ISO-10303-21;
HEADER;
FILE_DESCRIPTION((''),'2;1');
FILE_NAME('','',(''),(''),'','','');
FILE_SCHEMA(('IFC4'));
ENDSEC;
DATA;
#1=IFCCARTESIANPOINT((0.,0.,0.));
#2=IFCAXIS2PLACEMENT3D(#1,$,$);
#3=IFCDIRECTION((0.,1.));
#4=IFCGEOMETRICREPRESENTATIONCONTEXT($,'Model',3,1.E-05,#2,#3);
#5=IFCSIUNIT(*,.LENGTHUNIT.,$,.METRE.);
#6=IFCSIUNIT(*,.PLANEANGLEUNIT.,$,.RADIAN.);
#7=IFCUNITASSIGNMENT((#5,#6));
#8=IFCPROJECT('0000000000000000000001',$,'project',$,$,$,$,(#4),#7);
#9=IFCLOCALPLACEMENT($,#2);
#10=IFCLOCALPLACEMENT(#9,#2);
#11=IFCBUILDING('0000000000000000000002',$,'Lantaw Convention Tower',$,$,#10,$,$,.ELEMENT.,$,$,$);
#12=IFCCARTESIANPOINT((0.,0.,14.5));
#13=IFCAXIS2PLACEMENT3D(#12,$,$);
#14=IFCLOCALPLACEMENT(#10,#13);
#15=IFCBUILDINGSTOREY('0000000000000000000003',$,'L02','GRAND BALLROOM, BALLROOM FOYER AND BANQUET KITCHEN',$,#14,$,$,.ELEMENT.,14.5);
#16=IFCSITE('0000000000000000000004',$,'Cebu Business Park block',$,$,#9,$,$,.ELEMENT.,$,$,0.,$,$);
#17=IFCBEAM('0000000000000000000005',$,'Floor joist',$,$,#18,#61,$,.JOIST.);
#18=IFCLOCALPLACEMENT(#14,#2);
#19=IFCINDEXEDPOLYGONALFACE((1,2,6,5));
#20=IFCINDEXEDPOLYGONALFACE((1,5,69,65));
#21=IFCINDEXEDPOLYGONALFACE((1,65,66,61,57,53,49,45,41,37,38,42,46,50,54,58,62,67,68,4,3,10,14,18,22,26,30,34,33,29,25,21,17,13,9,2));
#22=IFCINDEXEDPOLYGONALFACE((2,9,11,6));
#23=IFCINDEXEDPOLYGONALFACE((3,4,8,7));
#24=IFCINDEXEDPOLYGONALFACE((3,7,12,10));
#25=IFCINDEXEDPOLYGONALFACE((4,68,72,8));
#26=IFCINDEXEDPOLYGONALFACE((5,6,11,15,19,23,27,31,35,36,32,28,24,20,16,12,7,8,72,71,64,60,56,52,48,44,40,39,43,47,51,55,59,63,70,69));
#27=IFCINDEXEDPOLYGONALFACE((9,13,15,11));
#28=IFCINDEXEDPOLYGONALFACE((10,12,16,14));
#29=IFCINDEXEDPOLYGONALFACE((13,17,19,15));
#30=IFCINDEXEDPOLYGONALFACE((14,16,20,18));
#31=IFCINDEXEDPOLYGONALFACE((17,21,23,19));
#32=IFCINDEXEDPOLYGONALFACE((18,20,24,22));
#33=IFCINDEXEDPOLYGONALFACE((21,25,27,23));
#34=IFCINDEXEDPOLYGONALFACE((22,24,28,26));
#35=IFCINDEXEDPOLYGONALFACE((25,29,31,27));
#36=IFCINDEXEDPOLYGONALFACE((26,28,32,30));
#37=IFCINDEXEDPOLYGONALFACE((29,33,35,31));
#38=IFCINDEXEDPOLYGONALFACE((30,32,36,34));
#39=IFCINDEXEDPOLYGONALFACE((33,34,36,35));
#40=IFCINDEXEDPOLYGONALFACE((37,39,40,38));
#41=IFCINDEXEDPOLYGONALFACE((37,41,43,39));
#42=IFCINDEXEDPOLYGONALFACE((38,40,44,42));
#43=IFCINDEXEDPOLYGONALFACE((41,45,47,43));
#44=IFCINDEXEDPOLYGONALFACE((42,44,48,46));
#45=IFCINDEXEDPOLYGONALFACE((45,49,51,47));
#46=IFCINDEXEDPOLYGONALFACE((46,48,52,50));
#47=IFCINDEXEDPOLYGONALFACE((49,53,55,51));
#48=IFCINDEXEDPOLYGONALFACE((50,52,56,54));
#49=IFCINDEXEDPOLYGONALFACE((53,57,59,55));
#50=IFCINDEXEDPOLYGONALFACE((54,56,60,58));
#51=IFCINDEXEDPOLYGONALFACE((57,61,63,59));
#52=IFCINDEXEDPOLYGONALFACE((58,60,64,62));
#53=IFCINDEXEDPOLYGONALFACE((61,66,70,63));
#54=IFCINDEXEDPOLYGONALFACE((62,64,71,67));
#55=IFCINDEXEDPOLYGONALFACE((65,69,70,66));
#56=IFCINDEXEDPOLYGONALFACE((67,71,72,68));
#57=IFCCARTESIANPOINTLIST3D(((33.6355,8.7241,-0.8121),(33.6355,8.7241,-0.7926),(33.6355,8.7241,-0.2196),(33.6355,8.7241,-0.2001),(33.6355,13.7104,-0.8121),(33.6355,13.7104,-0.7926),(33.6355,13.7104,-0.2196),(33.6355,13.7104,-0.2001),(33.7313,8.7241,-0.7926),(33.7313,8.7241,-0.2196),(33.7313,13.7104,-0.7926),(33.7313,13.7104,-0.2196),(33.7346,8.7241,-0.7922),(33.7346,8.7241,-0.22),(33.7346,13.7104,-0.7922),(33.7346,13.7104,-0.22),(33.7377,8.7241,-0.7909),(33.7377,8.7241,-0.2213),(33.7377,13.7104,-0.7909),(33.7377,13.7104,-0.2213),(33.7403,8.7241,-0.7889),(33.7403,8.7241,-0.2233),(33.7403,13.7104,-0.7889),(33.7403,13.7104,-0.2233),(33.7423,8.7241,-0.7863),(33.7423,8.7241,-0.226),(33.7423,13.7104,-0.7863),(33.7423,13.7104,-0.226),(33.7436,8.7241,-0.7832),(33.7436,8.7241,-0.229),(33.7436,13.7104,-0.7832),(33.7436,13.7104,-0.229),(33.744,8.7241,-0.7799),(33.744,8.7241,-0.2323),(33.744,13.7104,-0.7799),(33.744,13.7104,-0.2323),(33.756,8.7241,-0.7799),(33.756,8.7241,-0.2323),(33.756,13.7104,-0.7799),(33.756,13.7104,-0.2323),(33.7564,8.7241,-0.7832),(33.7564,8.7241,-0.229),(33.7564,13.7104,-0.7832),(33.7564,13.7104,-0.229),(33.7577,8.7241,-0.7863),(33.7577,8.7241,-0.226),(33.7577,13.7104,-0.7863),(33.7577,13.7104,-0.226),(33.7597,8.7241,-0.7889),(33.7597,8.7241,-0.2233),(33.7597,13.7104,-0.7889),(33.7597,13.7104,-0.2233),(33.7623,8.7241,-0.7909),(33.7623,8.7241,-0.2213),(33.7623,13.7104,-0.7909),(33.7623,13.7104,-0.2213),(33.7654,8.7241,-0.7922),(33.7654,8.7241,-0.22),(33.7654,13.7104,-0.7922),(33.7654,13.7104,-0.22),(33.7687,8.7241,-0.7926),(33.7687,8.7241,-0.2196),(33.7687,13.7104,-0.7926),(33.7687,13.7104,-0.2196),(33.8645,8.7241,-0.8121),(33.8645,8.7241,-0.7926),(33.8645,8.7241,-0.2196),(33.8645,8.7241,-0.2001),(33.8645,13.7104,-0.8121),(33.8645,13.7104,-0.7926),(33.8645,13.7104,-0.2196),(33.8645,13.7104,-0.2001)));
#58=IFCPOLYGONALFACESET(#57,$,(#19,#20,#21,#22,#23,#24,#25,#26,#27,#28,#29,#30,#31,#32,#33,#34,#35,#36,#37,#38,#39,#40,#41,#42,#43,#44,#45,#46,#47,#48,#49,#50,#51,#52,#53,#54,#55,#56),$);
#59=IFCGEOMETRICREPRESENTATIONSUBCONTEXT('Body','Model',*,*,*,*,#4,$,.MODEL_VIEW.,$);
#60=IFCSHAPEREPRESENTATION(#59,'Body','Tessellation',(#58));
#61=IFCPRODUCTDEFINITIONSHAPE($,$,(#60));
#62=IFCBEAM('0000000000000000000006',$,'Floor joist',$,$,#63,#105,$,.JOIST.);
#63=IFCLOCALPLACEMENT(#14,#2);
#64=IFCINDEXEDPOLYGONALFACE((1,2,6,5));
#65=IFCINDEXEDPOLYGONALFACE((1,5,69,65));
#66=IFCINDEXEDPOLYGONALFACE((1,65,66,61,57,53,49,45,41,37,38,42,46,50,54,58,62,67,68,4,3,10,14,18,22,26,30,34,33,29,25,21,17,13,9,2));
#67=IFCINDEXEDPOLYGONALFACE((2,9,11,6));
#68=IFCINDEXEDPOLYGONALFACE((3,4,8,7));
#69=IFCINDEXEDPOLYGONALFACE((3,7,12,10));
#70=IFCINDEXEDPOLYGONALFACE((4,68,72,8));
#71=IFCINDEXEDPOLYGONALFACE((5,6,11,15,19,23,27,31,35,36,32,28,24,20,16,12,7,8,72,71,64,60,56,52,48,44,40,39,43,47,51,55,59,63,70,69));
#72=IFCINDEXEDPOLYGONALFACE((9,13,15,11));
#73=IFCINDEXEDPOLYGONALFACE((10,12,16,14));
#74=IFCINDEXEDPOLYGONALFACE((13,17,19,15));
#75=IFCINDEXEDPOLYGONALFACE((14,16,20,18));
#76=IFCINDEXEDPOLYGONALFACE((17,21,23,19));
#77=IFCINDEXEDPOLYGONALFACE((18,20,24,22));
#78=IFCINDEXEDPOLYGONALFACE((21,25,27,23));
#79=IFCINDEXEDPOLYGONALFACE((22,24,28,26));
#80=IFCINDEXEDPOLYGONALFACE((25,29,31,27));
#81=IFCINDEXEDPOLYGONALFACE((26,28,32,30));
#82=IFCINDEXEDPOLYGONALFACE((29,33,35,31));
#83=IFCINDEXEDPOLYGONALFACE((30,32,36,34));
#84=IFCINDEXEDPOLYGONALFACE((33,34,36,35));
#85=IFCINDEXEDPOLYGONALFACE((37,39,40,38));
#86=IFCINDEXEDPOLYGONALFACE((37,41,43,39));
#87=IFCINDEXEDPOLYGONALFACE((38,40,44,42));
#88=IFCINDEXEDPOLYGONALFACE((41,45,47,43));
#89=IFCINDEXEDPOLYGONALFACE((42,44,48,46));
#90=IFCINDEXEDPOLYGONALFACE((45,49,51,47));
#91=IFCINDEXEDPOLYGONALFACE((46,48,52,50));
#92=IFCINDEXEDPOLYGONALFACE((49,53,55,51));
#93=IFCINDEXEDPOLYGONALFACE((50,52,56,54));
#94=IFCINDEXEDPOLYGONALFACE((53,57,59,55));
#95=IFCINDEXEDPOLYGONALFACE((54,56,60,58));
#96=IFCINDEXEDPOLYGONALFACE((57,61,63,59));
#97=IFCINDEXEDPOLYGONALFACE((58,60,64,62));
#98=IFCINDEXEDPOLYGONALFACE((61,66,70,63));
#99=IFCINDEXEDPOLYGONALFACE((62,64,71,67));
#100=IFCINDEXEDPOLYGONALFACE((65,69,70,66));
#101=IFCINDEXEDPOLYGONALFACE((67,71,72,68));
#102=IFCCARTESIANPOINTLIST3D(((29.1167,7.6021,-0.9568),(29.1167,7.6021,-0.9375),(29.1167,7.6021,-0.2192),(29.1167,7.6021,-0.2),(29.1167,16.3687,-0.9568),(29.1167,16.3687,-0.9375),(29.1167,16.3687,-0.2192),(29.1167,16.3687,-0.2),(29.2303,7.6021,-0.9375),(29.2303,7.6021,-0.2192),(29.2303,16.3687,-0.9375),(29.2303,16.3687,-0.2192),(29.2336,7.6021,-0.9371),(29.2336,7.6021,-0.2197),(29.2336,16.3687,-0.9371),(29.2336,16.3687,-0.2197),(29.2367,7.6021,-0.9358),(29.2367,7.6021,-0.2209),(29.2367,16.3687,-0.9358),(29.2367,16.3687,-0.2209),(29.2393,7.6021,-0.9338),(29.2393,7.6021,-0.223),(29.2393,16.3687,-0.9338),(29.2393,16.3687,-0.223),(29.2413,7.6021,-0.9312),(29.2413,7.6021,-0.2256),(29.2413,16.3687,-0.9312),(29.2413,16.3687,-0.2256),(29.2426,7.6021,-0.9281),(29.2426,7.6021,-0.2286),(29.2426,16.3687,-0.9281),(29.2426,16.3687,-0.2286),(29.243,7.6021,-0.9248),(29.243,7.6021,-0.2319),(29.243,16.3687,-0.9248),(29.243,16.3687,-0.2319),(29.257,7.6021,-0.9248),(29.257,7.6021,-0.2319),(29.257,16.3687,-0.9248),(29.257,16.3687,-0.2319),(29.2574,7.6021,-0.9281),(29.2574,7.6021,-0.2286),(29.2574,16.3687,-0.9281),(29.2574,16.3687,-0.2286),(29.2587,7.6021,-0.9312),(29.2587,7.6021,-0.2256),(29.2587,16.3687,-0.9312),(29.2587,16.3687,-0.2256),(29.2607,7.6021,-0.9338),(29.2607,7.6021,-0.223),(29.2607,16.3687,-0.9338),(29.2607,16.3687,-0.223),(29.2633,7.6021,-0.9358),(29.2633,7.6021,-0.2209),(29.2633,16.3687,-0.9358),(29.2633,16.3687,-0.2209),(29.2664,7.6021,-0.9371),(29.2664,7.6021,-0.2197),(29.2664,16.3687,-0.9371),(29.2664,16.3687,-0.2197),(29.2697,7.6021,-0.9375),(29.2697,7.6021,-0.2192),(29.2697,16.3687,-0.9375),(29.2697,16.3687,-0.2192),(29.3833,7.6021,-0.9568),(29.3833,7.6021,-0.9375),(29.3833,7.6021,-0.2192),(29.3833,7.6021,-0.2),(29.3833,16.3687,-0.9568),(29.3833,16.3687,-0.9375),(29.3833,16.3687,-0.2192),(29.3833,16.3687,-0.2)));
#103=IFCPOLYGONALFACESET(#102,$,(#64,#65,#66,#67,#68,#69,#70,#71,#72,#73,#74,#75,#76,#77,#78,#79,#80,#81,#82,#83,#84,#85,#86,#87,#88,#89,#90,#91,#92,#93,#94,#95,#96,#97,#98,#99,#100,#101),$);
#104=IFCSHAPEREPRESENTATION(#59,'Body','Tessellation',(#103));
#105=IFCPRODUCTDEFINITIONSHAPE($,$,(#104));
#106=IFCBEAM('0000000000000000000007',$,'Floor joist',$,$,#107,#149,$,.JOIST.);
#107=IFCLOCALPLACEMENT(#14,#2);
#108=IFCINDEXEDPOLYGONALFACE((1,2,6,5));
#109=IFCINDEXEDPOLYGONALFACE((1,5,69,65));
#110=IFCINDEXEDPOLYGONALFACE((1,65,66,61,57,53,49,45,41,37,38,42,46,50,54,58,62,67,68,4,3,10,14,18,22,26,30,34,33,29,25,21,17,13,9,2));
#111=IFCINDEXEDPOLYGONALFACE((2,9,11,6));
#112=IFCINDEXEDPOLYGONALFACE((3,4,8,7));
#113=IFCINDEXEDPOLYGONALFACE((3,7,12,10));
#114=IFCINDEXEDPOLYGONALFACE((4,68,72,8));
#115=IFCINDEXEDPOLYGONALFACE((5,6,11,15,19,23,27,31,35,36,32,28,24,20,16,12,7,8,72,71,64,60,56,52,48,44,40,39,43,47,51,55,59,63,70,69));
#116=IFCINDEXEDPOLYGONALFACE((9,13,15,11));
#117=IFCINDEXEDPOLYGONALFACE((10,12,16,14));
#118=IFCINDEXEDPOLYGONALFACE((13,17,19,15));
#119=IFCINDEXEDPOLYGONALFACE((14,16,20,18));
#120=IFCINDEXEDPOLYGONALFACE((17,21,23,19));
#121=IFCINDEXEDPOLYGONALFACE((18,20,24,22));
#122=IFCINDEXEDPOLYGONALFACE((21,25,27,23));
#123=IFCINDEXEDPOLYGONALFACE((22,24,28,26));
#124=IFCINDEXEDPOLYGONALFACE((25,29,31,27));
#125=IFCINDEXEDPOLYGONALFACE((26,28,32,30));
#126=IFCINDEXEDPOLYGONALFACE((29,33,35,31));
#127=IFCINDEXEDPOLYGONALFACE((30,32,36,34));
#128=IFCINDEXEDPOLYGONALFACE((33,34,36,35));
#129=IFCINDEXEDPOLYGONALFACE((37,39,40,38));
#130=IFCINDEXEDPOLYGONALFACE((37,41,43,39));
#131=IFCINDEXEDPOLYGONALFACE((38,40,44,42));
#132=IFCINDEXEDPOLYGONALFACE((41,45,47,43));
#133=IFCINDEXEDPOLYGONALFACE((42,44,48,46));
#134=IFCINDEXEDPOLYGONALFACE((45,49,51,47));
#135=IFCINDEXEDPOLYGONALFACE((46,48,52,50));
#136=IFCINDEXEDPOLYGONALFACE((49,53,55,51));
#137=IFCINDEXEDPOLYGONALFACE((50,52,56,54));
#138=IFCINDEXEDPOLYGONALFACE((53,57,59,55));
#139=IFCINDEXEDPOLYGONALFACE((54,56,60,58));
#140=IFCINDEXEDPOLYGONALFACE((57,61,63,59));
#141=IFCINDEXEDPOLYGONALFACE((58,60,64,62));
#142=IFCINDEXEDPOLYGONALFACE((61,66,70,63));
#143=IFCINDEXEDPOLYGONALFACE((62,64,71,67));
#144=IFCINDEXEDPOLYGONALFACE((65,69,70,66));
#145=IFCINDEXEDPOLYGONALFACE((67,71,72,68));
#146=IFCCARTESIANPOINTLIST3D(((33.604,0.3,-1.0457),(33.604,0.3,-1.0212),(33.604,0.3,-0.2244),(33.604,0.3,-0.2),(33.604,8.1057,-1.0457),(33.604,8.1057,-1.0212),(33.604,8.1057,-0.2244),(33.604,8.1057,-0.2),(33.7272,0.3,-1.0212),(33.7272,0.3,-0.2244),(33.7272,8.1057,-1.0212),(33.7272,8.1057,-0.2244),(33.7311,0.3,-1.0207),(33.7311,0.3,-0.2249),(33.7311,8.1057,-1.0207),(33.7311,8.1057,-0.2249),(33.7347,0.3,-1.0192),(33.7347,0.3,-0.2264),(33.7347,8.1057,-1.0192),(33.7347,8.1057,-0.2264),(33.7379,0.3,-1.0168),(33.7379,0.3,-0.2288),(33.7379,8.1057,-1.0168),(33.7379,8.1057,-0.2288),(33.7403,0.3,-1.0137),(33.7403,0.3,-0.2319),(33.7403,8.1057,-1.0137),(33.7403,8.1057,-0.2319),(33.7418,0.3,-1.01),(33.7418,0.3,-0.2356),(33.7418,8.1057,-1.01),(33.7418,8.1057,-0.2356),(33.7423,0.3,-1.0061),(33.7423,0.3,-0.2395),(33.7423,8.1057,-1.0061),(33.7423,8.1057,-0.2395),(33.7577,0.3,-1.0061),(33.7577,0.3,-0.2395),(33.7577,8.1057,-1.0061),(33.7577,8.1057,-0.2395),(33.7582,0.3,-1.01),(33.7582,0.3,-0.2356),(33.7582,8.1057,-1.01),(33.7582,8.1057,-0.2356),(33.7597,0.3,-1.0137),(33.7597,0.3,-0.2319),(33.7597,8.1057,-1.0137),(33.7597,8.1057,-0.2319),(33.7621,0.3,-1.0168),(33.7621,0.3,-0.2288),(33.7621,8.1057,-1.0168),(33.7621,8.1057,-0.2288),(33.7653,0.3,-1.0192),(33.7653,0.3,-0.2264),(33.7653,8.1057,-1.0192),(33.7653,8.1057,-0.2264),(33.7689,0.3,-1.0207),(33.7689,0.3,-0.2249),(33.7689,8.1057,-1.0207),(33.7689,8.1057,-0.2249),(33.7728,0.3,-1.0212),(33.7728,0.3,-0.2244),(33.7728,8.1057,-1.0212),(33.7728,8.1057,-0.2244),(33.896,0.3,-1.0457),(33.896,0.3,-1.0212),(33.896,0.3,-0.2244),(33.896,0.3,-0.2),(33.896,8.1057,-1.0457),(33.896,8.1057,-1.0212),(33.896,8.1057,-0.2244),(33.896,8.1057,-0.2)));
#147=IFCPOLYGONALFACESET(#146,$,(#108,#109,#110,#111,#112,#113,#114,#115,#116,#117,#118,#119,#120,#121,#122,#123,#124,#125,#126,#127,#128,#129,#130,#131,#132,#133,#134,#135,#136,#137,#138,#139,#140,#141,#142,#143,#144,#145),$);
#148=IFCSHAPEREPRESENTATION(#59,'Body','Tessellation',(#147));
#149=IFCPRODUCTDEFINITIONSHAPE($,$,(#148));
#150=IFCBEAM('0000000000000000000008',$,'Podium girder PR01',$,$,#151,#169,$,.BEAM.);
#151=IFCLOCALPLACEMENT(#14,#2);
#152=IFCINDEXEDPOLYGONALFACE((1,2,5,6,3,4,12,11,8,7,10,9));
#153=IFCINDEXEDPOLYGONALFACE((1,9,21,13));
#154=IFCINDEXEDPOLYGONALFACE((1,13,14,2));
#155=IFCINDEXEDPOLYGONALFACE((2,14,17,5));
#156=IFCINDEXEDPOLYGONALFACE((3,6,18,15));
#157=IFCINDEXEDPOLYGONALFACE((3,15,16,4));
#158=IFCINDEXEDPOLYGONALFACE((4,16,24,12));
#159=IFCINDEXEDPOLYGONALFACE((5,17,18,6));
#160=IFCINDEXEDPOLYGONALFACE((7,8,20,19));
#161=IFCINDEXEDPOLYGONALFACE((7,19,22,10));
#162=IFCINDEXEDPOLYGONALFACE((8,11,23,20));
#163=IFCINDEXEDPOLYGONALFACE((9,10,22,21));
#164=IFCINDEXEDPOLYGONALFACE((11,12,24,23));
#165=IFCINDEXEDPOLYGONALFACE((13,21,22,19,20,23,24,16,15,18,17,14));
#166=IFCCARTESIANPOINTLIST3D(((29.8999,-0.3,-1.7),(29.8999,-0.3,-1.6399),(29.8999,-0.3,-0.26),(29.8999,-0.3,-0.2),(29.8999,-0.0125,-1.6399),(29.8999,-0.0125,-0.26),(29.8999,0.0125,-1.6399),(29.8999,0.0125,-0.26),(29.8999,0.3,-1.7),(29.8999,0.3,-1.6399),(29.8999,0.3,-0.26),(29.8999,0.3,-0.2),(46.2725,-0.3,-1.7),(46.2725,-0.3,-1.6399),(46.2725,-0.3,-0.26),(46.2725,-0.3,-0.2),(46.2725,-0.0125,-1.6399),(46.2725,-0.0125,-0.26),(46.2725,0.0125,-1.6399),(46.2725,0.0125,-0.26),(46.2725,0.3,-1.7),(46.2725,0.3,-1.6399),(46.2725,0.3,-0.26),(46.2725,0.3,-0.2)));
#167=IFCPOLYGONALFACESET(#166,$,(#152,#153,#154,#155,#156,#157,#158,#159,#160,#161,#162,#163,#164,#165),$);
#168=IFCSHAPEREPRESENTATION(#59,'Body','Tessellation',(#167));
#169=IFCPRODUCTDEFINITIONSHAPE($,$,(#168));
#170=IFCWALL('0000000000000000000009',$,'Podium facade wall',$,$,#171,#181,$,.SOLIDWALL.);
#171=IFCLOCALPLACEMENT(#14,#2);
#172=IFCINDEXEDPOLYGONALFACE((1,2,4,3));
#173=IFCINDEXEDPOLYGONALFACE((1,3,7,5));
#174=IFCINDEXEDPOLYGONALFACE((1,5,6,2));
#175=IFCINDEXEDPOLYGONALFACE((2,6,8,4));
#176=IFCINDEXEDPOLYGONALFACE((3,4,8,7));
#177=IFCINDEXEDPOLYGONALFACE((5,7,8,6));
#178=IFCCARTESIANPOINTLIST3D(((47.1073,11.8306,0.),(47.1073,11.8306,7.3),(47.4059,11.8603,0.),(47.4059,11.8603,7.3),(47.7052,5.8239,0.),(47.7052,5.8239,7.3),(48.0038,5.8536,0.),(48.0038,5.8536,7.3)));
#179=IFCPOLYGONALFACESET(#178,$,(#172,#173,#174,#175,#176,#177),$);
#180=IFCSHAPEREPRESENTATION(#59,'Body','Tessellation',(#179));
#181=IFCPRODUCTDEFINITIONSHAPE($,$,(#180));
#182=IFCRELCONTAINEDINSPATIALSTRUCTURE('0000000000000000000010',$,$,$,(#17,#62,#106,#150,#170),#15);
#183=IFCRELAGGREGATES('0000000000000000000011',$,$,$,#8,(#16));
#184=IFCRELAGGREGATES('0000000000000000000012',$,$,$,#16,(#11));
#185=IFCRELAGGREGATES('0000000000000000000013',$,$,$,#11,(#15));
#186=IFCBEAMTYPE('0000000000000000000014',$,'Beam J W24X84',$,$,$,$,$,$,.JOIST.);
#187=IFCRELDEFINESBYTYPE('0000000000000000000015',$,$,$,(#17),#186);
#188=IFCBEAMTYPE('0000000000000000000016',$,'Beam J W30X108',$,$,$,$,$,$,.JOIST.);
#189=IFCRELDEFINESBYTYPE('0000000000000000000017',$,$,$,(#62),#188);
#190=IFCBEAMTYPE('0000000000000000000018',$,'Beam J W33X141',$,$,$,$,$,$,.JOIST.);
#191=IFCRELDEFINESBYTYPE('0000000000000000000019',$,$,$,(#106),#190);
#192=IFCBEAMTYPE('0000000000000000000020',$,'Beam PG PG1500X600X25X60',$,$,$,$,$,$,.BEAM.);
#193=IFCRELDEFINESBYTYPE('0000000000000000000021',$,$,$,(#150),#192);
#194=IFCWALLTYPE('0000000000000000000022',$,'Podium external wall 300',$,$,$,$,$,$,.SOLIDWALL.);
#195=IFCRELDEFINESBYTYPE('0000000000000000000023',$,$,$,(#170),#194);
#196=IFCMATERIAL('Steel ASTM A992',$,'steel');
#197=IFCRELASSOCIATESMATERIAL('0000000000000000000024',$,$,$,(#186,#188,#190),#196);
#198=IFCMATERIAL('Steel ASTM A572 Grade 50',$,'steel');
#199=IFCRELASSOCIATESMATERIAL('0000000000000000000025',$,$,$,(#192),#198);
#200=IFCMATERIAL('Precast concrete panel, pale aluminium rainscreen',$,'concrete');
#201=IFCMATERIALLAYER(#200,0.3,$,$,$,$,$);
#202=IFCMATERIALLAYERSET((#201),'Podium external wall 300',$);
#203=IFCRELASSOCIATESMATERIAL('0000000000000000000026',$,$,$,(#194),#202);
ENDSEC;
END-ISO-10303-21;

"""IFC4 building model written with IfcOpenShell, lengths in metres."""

from ifc_helpers import new_model, si_unit, direction, frame, frame_2d, origin, origin_2d, place, context, subcontext, project, spatial, rectangle, i_section, extrude, material, layer, layer_set, material_profile, profile_set, type_object, element, save


model = new_model("IFC4")

# Units and contexts
model_context = context("Model", 3, precision=1e-05, world=origin(), true_north=direction((0.0, 1.0)))
body_context = subcontext(model_context, "Body", "Model", "MODEL_VIEW")
ifc_project = project(units=[si_unit("LENGTHUNIT", "METRE"), si_unit("PLANEANGLEUNIT", "RADIAN")], contexts=[model_context])

# Site, building, storey
site_placement = place(None, origin())
site = spatial("IfcSite", under=ifc_project, at=site_placement, Name="Cebu Business Park block", CompositionType="ELEMENT", RefElevation=0.0)
building_placement = place(site_placement, origin())
building = spatial("IfcBuilding", under=site, at=building_placement, Name="Lantaw Convention Tower", CompositionType="ELEMENT")
storey_placement = place(building_placement, frame((0.0, 0.0, 14.5)))
storey = spatial("IfcBuildingStorey", under=building, at=storey_placement, Name="L02", Description="GRAND BALLROOM, BALLROOM FOYER AND BANQUET KITCHEN", CompositionType="ELEMENT", Elevation=14.5)

# Shared definitions
ifc_material_1 = material(Name="Steel ASTM A572 Grade 50", Category="steel")

# Beams
ifc_material_2 = material(Name="Steel ASTM A992", Category="steel")
ifc_material_profile_1 = material_profile(ifc_material_2, i_section(OverallWidth=0.229, OverallDepth=0.6121, WebThickness=0.012, FlangeThickness=0.0195, FilletRadius=0.0127, at=origin_2d()), Name="W24X84")
ifc_profile_set_1 = profile_set([ifc_material_profile_1], Name="Steel ASTM A992")
beam_type_1 = type_object("IfcBeamType", Name="Beam J W24X84", PredefinedType="JOIST", material=ifc_profile_set_1)
beam_1_placement = place(storey_placement, frame((33.75, 8.7241, -0.5061), z_axis=(0.0, 1.0, 0.0), x_axis=(-1.0, 0.0, 0.0)))
element("IfcBeam", 1, at=beam_1_placement, inside=storey, type_object=beam_type_1, Name="Floor joist", PredefinedType="JOIST", context=body_context, shape_type="SweptSolid", body=[
    extrude(i_section(OverallWidth=0.229, OverallDepth=0.6121, WebThickness=0.012, FlangeThickness=0.0195, FilletRadius=0.0127, at=origin_2d()), origin(), (0.0, 0.0, 1.0), 4.9863),
])
ifc_material_profile_2 = material_profile(ifc_material_2, i_section(OverallWidth=0.2666, OverallDepth=0.7568, WebThickness=0.0139, FlangeThickness=0.0193, FilletRadius=0.0127, at=origin_2d()), Name="W30X108")
ifc_profile_set_2 = profile_set([ifc_material_profile_2], Name="Steel ASTM A992")
beam_type_2 = type_object("IfcBeamType", Name="Beam J W30X108", PredefinedType="JOIST", material=ifc_profile_set_2)
beam_2_placement = place(storey_placement, frame((29.25, 7.6021, -0.5784), z_axis=(0.0, 1.0, 0.0), x_axis=(-1.0, 0.0, 0.0)))
element("IfcBeam", 2, at=beam_2_placement, inside=storey, type_object=beam_type_2, Name="Floor joist", PredefinedType="JOIST", context=body_context, shape_type="SweptSolid", body=[
    extrude(i_section(OverallWidth=0.2666, OverallDepth=0.7568, WebThickness=0.0139, FlangeThickness=0.0193, FilletRadius=0.0127, at=origin_2d()), origin(), (0.0, 0.0, 1.0), 8.7666),
])
ifc_material_profile_3 = material_profile(ifc_material_2, i_section(OverallWidth=0.292, OverallDepth=0.8457, WebThickness=0.0154, FlangeThickness=0.0244, FilletRadius=0.0151, at=origin_2d()), Name="W33X141")
ifc_profile_set_3 = profile_set([ifc_material_profile_3], Name="Steel ASTM A992")
beam_type_3 = type_object("IfcBeamType", Name="Beam J W33X141", PredefinedType="JOIST", material=ifc_profile_set_3)
beam_3_placement = place(storey_placement, frame((33.75, 0.3, -0.6228), z_axis=(0.0, 1.0, 0.0), x_axis=(-1.0, 0.0, 0.0)))
element("IfcBeam", 3, at=beam_3_placement, inside=storey, type_object=beam_type_3, Name="Floor joist", PredefinedType="JOIST", context=body_context, shape_type="SweptSolid", body=[
    extrude(i_section(OverallWidth=0.292, OverallDepth=0.8457, WebThickness=0.0154, FlangeThickness=0.0244, FilletRadius=0.0151, at=origin_2d()), origin(), (0.0, 0.0, 1.0), 7.8057),
])
ifc_material_profile_4 = material_profile(ifc_material_1, i_section(OverallWidth=0.6001, OverallDepth=1.5, WebThickness=0.0249, FlangeThickness=0.0601, at=origin_2d()), Name="PG1500X600X25X60")
ifc_profile_set_4 = profile_set([ifc_material_profile_4], Name="Steel ASTM A572 Grade 50")
beam_type_4 = type_object("IfcBeamType", Name="Beam PG PG1500X600X25X60", PredefinedType="BEAM", material=ifc_profile_set_4)
beam_4_placement = place(storey_placement, frame((29.8999, 0.0, -0.95), z_axis=(1.0, 0.0, 0.0), x_axis=(0.0, 1.0, 0.0)))
element("IfcBeam", 4, at=beam_4_placement, inside=storey, type_object=beam_type_4, Name="Podium girder PR01", PredefinedType="BEAM", context=body_context, shape_type="SweptSolid", body=[
    extrude(i_section(OverallWidth=0.6001, OverallDepth=1.5, WebThickness=0.0249, FlangeThickness=0.0601, at=origin_2d()), origin(), (0.0, 0.0, 1.0), 16.3726),
])

# Wall
ifc_material_3 = material(Name="Precast concrete panel, pale aluminium rainscreen", Category="concrete")
ifc_layer_1 = layer(ifc_material_3, 0.3)
ifc_layer_set_1 = layer_set([ifc_layer_1], Name="Podium external wall 300")
wall_type_1 = type_object("IfcWallType", Name="Podium external wall 300", PredefinedType="SOLIDWALL", material=ifc_layer_set_1)
wall_1_placement = place(storey_placement, frame((47.8545, 5.8389, 0.0), z_axis=(0.0, 0.0, 1.0), x_axis=(-0.099051, 0.995082, 0.0)))
element("IfcWall", 5, at=wall_1_placement, inside=storey, type_object=wall_type_1, Name="Podium facade wall", PredefinedType="SOLIDWALL", context=body_context, shape_type="SweptSolid", body=[
    extrude(rectangle(XDim=6.0364, YDim=0.3, at=frame_2d((3.0181, 0.0))), origin(), (0.0, 0.0, 1.0), 7.3),
])

save(model, "model.ifc")
